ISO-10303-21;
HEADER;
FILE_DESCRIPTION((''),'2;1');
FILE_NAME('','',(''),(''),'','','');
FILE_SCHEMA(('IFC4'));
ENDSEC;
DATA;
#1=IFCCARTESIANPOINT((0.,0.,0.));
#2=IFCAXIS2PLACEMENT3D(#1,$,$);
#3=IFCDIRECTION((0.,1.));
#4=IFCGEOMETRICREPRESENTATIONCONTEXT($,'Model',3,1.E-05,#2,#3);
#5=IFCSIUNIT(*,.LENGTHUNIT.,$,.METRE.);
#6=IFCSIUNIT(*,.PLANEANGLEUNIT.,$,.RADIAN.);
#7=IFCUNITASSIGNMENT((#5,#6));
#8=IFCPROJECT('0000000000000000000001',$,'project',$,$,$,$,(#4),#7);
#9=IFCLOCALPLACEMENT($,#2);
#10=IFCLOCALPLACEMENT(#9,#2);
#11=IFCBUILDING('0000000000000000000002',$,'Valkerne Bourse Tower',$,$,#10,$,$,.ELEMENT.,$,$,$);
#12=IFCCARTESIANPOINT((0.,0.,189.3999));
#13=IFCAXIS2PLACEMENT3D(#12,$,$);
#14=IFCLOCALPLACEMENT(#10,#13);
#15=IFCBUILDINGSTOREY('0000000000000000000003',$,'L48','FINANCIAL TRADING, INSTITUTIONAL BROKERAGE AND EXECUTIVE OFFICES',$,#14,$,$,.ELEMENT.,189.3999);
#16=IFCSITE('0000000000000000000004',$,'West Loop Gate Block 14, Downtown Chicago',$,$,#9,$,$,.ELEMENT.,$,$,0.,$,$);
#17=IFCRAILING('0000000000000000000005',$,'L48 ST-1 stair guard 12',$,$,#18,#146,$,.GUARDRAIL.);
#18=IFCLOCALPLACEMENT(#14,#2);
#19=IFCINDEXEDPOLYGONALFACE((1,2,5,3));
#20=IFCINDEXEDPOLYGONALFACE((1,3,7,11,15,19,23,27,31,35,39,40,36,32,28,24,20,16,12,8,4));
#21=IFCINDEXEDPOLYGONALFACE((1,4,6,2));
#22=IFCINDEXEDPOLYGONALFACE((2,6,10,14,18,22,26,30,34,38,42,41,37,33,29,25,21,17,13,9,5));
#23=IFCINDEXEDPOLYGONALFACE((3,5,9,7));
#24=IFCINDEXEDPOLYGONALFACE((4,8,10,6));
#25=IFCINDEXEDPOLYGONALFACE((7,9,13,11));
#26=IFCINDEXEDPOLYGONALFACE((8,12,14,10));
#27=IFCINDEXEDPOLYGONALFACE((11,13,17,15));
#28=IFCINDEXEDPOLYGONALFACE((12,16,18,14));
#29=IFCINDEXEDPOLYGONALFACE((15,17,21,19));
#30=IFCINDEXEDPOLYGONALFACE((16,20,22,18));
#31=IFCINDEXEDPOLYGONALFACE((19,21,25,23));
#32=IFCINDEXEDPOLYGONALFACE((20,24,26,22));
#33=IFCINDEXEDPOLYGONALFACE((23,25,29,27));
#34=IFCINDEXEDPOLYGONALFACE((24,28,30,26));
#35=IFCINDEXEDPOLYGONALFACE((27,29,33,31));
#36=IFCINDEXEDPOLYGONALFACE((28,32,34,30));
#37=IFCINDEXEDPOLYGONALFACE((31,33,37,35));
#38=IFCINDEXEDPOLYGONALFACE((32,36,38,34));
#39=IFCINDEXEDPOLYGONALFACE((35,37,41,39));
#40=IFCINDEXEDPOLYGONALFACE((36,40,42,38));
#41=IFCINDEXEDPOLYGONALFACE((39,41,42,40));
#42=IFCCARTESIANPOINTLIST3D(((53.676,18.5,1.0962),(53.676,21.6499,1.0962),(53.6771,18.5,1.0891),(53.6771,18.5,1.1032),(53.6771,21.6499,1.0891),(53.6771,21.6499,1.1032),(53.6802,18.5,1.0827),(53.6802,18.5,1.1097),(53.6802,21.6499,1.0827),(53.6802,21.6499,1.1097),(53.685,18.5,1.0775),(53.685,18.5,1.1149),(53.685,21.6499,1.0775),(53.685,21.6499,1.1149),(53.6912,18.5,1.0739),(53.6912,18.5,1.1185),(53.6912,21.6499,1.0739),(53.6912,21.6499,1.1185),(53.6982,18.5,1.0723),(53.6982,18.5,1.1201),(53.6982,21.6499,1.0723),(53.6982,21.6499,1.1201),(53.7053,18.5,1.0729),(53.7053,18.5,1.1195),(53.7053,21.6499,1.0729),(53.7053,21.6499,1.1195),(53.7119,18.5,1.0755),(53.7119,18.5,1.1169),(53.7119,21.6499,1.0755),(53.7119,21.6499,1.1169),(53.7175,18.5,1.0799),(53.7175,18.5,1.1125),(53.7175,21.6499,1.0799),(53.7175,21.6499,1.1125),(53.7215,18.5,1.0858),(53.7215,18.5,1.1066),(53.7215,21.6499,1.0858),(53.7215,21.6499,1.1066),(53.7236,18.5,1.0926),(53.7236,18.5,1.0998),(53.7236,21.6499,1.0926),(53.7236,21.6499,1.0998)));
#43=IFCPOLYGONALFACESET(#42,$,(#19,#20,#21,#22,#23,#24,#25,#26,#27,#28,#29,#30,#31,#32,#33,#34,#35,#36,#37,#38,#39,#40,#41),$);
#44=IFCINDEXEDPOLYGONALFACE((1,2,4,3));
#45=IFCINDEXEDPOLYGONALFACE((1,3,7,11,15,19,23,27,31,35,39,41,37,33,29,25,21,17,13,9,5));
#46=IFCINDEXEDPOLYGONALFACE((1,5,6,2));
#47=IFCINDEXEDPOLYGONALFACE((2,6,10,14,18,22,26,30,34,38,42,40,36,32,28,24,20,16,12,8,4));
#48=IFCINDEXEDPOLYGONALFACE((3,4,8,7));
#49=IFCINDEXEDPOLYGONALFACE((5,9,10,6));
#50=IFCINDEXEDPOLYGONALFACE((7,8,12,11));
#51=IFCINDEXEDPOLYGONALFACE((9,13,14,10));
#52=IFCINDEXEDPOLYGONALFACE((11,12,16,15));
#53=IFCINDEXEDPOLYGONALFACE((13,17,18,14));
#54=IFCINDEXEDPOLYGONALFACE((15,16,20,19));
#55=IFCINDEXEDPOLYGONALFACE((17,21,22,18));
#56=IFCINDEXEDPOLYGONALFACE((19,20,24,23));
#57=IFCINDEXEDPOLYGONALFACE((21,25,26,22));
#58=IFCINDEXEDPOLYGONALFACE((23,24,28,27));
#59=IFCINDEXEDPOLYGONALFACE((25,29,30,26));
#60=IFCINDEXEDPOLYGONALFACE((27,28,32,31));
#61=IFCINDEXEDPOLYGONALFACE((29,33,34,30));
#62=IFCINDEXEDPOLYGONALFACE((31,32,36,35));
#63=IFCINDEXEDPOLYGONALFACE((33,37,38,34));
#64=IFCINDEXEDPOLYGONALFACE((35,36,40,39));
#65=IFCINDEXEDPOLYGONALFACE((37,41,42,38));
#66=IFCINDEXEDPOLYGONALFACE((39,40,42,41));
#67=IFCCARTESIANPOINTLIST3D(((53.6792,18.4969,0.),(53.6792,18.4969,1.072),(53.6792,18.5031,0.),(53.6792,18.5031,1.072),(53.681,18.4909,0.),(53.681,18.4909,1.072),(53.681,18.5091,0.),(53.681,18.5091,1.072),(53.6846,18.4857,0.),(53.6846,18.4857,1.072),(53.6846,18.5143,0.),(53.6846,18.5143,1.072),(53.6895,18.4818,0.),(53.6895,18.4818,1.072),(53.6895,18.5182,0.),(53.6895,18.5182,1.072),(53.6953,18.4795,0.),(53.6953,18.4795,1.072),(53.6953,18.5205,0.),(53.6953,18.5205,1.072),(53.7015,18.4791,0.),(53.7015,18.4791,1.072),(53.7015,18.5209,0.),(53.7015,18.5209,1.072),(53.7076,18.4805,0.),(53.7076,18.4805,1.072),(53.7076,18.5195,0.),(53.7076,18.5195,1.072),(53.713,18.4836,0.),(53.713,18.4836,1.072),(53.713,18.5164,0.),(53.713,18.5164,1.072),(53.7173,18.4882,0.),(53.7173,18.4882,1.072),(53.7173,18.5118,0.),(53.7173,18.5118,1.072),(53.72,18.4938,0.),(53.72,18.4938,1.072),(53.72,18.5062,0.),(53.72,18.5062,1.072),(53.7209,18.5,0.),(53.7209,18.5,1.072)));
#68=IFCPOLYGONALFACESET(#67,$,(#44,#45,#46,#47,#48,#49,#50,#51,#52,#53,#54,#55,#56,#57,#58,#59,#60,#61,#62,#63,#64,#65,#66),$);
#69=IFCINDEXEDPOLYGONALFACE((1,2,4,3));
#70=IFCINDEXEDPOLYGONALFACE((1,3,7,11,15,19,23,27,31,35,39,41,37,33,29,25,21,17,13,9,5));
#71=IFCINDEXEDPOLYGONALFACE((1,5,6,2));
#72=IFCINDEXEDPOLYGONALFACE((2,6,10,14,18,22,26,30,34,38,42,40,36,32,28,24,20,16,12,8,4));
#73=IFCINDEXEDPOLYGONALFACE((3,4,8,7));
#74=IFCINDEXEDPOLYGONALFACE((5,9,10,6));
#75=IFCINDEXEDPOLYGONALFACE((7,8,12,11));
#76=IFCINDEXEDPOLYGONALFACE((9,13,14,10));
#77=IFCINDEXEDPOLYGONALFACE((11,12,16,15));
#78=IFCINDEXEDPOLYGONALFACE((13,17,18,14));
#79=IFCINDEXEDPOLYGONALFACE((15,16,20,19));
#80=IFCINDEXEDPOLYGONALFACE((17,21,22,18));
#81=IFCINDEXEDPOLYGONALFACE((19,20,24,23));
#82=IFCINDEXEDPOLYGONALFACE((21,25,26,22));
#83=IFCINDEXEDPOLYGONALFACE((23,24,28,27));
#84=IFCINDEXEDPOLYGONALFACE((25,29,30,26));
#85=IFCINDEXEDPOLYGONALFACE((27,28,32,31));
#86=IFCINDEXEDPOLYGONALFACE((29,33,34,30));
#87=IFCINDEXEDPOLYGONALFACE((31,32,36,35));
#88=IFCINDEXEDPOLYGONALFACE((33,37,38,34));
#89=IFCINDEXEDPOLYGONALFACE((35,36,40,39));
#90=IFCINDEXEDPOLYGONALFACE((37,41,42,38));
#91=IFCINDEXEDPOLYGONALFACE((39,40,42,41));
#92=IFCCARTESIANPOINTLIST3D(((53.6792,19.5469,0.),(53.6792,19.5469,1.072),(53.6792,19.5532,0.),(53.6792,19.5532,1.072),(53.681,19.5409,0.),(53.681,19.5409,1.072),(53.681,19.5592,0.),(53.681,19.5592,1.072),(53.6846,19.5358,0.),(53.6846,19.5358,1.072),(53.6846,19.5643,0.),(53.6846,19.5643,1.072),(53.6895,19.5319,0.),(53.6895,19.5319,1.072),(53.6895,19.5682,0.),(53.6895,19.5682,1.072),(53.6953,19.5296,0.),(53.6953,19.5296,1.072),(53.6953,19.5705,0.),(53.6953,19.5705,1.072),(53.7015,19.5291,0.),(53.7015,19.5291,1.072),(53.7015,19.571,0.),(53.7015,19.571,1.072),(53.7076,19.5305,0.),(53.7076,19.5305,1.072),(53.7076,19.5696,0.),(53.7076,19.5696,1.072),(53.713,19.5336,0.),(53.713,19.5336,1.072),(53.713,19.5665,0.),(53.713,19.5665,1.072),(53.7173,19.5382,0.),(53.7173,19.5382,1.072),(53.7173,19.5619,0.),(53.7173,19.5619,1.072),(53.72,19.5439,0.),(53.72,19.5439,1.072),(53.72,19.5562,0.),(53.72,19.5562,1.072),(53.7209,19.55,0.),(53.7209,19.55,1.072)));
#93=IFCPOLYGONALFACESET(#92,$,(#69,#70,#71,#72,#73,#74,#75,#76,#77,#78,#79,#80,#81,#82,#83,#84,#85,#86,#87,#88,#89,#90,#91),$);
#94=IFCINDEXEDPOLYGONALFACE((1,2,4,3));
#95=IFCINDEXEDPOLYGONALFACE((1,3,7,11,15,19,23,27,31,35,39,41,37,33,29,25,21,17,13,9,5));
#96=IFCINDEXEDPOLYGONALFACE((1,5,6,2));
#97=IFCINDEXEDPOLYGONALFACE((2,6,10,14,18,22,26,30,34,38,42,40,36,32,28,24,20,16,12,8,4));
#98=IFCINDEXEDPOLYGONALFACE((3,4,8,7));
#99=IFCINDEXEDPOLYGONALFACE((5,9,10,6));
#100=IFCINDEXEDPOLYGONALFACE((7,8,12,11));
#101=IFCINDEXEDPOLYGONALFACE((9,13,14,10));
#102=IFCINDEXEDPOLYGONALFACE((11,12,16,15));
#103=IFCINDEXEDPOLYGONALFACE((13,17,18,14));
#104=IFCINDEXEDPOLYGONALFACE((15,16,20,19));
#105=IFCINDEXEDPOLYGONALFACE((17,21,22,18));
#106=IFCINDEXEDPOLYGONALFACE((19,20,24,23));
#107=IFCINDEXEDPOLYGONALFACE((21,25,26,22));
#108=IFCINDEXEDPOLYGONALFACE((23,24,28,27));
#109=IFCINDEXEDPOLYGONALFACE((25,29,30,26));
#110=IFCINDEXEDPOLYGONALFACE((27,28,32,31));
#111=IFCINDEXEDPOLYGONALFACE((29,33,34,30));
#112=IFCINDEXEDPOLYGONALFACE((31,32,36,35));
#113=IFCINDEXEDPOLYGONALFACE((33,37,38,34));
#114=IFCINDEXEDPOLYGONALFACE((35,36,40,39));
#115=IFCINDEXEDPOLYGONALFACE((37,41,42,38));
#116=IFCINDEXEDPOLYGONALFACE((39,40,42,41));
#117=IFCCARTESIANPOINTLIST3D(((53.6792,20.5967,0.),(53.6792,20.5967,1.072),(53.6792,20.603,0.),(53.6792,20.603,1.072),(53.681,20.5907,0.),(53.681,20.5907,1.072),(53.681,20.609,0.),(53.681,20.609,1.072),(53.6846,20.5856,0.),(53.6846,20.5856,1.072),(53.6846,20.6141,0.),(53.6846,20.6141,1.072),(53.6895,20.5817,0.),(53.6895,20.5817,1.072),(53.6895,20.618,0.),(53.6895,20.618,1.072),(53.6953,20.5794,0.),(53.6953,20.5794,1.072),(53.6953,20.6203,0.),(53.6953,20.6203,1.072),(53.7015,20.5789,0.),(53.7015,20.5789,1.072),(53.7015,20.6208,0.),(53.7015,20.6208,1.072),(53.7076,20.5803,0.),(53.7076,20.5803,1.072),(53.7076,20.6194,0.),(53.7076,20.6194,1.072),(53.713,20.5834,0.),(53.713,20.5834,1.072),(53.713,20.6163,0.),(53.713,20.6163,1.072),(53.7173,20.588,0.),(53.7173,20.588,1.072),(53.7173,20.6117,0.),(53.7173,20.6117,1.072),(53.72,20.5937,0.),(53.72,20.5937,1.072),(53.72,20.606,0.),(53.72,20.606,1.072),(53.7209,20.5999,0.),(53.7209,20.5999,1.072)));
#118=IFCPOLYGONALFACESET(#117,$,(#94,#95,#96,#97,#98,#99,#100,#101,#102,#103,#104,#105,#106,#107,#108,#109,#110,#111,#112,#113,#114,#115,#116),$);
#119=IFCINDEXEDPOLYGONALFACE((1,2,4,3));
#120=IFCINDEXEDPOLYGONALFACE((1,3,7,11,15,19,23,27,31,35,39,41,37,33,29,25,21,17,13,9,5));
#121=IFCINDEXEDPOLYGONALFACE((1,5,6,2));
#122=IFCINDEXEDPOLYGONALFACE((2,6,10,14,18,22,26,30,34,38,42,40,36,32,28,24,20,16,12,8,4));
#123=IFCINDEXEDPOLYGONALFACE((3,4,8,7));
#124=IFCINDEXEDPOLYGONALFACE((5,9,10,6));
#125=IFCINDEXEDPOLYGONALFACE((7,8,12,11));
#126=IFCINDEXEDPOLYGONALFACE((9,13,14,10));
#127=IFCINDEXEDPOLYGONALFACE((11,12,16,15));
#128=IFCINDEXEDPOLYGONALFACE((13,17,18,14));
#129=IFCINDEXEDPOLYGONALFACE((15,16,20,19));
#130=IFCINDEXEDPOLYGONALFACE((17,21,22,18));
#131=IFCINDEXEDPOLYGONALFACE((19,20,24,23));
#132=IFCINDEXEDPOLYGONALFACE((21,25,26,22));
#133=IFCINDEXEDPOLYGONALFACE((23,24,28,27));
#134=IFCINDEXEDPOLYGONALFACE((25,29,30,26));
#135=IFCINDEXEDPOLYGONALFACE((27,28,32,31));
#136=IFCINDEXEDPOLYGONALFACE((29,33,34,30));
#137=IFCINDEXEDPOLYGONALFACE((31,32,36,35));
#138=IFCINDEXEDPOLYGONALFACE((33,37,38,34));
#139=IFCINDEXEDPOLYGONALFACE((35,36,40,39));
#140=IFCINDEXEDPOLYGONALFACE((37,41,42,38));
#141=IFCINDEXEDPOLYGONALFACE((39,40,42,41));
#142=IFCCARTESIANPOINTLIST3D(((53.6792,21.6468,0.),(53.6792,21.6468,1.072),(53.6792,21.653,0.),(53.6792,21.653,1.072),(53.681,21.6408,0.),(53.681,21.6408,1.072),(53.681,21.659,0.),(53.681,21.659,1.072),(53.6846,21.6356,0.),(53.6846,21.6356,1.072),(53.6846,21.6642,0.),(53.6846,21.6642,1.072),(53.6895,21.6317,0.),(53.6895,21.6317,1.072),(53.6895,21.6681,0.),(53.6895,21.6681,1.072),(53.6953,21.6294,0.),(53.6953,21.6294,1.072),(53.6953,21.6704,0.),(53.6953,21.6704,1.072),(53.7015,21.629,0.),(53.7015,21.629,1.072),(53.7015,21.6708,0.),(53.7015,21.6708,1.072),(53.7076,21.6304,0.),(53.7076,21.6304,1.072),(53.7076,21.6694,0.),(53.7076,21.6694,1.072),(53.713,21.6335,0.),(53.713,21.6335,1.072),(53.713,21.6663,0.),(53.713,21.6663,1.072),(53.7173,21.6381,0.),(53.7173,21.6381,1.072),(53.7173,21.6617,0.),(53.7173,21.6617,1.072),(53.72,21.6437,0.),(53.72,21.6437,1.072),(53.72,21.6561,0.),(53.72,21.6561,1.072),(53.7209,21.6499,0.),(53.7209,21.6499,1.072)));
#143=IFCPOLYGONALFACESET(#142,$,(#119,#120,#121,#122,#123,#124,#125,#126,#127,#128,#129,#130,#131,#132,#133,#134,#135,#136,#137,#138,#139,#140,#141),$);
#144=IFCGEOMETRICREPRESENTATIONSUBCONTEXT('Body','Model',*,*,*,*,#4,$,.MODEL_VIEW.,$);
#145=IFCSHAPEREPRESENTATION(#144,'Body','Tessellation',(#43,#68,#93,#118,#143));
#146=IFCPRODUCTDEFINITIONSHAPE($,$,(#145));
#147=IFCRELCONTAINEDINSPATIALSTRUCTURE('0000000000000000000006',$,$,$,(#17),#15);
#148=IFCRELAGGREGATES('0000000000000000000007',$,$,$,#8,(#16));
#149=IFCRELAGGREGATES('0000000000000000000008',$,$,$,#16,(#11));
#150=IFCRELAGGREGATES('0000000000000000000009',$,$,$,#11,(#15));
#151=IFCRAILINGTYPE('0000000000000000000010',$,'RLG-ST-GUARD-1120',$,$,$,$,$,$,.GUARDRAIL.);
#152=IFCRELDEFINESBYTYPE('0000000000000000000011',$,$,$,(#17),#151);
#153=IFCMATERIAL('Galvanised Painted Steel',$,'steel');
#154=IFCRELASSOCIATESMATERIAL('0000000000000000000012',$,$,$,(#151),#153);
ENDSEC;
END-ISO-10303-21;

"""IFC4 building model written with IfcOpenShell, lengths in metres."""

from ifc_helpers import new_model, si_unit, direction, frame, origin, origin_2d, place, context, subcontext, project, spatial, circle, extrude, material, type_object, element, save


model = new_model("IFC4")

# Units and contexts
model_context = context("Model", 3, precision=1e-05, world=origin(), true_north=direction((0.0, 1.0)))
body_context = subcontext(model_context, "Body", "Model", "MODEL_VIEW")
ifc_project = project(units=[si_unit("LENGTHUNIT", "METRE"), si_unit("PLANEANGLEUNIT", "RADIAN")], contexts=[model_context])

# Site, building, storey
site_placement = place(None, origin())
site = spatial("IfcSite", under=ifc_project, at=site_placement, Name="West Loop Gate Block 14, Downtown Chicago", CompositionType="ELEMENT", RefElevation=0.0)
building_placement = place(site_placement, origin())
building = spatial("IfcBuilding", under=site, at=building_placement, Name="Valkerne Bourse Tower", CompositionType="ELEMENT")
storey_placement = place(building_placement, frame((0.0, 0.0, 189.3999)))
storey = spatial("IfcBuildingStorey", under=building, at=storey_placement, Name="L48", Description="FINANCIAL TRADING, INSTITUTIONAL BROKERAGE AND EXECUTIVE OFFICES", CompositionType="ELEMENT", Elevation=189.3999)

# Railing
ifc_material_1 = material(Name="Galvanised Painted Steel", Category="steel")
railing_type = type_object("IfcRailingType", Name="RLG-ST-GUARD-1120", PredefinedType="GUARDRAIL", material=ifc_material_1)
railing_1_placement = place(storey_placement, frame((53.7, 18.5, 0.0)))
element("IfcRailing", 1, at=railing_1_placement, inside=storey, type_object=railing_type, Name="L48 ST-1 stair guard 12", PredefinedType="GUARDRAIL", context=body_context, shape_type="SweptSolid", body=[
    extrude(circle(Radius=0.0239, at=origin_2d()), frame((0.0, 0.0, 1.0962), z_axis=(0.0, 1.0, 0.0), x_axis=(-1.0, 0.0, 0.0)), (0.0, 0.0, 1.0), 3.1499),
    extrude(circle(Radius=0.021, at=origin_2d()), origin(), (0.0, 0.0, 1.0), 1.072),
    extrude(circle(Radius=0.021, at=origin_2d()), frame((0.0, 1.05, 0.0)), (0.0, 0.0, 1.0), 1.072),
    extrude(circle(Radius=0.021, at=origin_2d()), frame((0.0, 2.0999, 0.0)), (0.0, 0.0, 1.0), 1.072),
    extrude(circle(Radius=0.021, at=origin_2d()), frame((0.0, 3.1499, 0.0)), (0.0, 0.0, 1.0), 1.072),
])

save(model, "model.ifc")
